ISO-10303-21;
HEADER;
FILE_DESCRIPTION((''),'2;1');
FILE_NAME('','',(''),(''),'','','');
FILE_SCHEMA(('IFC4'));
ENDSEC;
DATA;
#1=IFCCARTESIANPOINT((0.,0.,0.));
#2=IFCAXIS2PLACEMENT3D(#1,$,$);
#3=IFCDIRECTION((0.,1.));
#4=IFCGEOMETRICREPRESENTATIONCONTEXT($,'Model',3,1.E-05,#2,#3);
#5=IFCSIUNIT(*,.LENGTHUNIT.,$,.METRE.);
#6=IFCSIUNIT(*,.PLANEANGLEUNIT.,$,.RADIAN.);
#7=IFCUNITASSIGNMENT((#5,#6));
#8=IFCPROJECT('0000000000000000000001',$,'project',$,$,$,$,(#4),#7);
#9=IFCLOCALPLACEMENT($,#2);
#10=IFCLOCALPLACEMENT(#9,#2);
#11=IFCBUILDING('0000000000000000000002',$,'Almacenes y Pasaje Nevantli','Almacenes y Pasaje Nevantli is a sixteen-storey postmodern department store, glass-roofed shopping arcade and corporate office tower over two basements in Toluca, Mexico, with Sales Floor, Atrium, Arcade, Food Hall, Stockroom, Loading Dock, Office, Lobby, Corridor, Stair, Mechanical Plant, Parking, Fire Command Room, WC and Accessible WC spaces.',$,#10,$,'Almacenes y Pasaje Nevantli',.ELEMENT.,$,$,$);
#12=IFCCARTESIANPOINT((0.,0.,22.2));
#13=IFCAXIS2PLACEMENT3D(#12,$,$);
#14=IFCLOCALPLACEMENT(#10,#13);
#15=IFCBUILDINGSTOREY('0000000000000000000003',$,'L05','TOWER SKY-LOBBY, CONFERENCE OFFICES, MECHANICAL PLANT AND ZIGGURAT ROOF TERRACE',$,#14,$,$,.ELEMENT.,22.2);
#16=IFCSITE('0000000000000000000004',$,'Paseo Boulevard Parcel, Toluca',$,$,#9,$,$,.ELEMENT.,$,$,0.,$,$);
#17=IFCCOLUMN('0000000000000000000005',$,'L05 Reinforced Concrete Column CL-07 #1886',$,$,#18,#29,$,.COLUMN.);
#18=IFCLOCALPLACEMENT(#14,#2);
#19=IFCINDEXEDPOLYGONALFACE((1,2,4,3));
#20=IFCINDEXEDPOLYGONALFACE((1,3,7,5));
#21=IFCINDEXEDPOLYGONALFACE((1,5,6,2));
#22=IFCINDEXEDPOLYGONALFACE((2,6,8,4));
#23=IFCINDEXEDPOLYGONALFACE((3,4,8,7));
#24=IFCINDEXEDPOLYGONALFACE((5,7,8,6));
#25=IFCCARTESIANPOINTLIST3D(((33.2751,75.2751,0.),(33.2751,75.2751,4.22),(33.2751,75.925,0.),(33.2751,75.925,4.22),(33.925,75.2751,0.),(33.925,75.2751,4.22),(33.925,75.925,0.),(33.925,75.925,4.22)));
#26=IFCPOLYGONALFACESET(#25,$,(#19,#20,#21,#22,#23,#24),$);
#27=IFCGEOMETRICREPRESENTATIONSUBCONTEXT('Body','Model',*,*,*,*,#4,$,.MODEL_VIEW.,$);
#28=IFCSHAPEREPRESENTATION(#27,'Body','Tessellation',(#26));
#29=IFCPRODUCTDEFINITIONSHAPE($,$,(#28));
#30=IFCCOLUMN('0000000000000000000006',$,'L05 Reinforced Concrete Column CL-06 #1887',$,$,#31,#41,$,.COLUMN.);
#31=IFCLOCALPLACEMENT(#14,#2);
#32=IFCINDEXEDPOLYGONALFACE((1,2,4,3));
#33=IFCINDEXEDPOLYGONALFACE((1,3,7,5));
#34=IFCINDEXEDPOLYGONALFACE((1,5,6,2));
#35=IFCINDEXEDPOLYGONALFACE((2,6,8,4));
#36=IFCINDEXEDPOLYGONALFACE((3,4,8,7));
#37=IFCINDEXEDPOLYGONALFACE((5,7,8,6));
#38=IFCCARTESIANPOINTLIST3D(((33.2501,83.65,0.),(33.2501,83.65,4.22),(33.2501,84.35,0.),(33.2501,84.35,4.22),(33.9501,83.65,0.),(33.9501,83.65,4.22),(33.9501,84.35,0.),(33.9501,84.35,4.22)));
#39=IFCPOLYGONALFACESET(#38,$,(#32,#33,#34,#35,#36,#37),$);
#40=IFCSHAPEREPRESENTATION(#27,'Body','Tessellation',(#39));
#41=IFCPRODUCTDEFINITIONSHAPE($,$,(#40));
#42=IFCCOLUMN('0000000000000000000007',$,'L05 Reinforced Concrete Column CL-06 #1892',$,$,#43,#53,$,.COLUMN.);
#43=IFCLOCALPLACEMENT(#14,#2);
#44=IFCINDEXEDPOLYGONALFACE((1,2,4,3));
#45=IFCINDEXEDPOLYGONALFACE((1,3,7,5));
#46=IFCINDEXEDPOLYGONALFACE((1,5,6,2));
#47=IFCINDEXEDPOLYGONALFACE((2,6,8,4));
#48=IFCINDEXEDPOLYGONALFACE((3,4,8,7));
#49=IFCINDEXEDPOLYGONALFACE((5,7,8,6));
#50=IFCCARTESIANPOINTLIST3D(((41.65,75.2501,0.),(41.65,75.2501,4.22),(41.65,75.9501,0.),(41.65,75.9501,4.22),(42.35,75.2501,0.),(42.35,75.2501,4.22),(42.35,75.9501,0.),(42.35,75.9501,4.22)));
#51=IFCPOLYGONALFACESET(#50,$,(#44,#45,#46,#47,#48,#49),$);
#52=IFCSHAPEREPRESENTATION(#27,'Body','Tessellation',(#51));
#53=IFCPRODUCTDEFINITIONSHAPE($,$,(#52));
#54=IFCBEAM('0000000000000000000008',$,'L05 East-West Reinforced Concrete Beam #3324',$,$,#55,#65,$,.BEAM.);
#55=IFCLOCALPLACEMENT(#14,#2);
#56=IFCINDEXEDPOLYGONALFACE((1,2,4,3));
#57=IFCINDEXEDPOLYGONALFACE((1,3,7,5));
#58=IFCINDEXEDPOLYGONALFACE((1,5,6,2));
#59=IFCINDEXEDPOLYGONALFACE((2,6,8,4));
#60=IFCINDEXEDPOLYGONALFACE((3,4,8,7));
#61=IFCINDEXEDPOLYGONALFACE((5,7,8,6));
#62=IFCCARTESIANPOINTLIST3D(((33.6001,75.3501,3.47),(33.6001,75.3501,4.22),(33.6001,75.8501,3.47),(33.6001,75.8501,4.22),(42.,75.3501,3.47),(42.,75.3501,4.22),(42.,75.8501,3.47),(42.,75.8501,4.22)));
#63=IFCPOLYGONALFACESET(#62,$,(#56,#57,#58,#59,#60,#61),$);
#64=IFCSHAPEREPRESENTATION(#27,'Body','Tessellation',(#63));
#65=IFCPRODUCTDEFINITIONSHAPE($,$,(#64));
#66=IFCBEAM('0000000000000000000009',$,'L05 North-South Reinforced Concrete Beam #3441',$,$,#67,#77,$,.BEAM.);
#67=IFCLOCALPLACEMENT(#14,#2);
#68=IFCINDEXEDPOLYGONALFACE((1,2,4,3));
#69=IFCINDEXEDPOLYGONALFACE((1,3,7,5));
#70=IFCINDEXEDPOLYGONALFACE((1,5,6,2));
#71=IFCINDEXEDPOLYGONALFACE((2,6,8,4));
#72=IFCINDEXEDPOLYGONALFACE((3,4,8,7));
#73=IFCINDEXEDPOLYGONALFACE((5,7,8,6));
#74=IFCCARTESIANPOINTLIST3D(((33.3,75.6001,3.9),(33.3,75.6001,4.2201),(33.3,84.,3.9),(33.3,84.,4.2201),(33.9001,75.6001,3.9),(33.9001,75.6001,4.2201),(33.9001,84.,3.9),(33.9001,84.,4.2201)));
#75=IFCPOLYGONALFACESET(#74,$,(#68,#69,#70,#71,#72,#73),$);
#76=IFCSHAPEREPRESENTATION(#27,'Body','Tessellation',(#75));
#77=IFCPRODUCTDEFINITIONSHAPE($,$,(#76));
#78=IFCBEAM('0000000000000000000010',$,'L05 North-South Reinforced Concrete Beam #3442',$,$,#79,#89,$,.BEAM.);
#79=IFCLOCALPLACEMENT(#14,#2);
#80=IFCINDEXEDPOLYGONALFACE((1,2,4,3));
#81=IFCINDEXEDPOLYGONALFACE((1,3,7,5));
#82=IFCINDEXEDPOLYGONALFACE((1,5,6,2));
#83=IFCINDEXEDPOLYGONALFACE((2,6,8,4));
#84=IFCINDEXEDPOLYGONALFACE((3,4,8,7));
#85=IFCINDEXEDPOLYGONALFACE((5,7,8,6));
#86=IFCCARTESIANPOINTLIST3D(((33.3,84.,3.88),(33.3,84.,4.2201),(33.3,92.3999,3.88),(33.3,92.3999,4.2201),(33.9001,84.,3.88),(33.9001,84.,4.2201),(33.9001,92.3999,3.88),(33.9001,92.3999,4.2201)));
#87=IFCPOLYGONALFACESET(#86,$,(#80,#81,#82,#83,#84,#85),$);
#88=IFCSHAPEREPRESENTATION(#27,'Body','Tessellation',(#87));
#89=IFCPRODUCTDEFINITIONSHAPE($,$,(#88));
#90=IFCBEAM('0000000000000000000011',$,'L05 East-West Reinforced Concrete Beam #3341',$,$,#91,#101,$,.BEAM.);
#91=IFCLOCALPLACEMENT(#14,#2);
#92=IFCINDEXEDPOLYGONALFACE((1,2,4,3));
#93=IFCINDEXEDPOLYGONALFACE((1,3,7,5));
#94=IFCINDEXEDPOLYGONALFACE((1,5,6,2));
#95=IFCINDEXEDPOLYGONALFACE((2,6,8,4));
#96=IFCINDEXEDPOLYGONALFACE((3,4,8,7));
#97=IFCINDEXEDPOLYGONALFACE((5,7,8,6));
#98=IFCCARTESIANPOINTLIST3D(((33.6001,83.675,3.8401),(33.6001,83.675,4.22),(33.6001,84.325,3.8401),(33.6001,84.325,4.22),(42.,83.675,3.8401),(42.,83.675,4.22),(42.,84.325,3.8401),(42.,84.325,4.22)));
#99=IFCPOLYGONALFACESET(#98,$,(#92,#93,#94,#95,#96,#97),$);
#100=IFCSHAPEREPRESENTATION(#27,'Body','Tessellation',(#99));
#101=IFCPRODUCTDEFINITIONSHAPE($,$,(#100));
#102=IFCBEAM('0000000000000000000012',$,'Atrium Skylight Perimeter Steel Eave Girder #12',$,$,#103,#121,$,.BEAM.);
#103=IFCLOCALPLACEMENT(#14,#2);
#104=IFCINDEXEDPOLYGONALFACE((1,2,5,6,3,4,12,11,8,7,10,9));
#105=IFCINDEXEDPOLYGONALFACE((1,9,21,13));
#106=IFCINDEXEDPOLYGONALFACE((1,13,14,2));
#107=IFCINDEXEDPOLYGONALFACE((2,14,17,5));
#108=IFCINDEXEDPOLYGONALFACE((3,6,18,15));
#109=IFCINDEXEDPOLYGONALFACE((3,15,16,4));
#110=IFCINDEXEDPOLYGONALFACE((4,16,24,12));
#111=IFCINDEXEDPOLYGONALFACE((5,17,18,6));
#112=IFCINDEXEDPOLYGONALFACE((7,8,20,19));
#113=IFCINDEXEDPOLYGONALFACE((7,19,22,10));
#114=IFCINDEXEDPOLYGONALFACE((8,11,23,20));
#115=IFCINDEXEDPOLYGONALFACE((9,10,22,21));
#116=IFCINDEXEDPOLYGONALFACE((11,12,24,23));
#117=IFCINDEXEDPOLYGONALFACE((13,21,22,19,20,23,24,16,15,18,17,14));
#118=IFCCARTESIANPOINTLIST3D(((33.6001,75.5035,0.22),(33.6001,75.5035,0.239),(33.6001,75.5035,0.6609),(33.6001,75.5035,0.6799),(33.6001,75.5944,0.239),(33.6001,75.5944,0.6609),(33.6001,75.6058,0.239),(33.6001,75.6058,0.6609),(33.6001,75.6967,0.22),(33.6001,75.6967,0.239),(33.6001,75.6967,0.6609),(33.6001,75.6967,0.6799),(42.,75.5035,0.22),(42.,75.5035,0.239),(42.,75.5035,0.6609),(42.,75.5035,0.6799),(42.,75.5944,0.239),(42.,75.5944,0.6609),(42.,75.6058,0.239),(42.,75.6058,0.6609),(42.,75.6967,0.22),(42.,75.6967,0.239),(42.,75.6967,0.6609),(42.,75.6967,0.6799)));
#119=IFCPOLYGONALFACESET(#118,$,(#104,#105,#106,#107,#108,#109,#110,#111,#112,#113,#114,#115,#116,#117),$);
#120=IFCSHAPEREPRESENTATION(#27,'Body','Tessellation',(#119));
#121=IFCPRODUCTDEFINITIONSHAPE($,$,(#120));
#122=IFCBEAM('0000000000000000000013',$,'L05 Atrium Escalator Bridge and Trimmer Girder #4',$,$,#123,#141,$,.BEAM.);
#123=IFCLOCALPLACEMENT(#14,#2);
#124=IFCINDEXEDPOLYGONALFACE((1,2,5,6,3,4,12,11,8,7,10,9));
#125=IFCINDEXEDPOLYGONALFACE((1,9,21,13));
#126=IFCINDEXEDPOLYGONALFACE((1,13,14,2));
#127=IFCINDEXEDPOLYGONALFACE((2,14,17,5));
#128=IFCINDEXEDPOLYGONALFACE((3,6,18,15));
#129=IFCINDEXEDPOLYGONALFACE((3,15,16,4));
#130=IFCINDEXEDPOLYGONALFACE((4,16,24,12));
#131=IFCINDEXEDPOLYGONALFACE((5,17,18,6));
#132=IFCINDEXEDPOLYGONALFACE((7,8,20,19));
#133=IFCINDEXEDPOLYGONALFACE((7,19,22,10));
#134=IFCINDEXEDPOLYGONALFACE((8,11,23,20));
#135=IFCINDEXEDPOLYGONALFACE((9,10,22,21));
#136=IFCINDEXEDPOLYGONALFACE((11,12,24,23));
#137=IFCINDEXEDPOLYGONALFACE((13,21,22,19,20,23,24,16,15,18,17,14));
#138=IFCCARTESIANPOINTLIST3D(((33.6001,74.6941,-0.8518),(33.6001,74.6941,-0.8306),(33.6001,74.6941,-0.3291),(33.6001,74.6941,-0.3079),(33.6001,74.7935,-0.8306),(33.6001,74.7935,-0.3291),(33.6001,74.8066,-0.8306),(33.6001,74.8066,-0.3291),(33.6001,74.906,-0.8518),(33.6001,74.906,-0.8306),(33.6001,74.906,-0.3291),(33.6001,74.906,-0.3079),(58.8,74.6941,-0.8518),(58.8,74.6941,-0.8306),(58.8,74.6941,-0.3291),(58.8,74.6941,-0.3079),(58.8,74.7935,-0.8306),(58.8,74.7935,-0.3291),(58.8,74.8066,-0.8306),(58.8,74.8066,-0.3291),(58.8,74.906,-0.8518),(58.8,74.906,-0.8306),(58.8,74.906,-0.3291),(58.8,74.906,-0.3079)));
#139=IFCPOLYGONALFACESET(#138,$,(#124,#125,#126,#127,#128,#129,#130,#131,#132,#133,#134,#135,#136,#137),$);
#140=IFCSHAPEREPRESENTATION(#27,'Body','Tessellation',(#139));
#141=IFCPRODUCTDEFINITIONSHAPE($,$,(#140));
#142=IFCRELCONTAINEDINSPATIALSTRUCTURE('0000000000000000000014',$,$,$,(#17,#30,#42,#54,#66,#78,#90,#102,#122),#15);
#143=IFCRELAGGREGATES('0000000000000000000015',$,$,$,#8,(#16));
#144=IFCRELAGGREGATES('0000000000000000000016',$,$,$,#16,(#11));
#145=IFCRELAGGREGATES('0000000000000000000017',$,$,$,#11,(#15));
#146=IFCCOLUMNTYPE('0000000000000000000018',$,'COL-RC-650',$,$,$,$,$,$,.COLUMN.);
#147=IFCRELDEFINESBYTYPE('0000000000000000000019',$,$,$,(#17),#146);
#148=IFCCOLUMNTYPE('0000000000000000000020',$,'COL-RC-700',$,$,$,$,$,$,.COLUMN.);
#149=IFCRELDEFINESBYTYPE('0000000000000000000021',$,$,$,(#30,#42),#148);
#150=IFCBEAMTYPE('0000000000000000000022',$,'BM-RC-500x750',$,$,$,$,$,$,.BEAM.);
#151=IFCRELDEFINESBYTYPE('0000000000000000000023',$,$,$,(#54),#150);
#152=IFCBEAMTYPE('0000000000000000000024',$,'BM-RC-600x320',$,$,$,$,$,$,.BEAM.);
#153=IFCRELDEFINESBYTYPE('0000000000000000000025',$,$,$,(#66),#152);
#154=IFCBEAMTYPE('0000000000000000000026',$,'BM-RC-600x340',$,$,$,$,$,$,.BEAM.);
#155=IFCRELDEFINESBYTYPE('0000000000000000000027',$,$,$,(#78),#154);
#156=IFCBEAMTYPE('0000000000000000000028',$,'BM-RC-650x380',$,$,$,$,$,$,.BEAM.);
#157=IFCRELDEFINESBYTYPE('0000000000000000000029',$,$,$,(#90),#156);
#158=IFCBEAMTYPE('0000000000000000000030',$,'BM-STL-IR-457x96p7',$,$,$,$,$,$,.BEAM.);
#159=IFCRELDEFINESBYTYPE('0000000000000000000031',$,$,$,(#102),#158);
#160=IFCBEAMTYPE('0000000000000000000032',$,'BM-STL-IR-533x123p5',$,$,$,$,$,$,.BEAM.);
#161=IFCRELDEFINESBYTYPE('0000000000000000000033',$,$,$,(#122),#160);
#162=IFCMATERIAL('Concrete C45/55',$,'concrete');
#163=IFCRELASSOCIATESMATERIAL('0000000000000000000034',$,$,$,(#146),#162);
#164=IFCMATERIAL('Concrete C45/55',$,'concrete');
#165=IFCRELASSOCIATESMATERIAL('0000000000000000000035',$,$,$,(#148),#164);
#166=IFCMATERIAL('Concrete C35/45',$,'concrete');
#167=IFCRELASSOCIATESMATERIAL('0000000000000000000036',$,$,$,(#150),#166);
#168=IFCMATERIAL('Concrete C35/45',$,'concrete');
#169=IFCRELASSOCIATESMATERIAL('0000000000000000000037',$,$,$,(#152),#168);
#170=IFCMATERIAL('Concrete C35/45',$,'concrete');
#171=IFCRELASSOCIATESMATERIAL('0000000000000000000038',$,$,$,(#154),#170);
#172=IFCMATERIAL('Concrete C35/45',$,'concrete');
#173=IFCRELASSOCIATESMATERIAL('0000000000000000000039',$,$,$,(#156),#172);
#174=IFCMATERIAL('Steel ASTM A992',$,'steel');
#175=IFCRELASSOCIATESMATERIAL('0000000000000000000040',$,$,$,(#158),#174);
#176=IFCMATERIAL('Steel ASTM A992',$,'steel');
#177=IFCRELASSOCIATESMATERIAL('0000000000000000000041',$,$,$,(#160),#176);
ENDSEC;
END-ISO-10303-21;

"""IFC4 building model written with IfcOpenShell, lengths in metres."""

from ifc_helpers import new_model, si_unit, direction, frame, origin, origin_2d, place, context, subcontext, project, spatial, rectangle, i_section, extrude, material, material_profile, profile_set, type_object, element, save


model = new_model("IFC4")

# Units and contexts
model_context = context("Model", 3, precision=1e-05, world=origin(), true_north=direction((0.0, 1.0)))
body_context = subcontext(model_context, "Body", "Model", "MODEL_VIEW")
ifc_project = project(units=[si_unit("LENGTHUNIT", "METRE"), si_unit("PLANEANGLEUNIT", "RADIAN")], contexts=[model_context])

# Site, building, storey
site_placement = place(None, origin())
site = spatial("IfcSite", under=ifc_project, at=site_placement, Name="Paseo Boulevard Parcel, Toluca", CompositionType="ELEMENT", RefElevation=0.0)
building_placement = place(site_placement, origin())
building = spatial("IfcBuilding", under=site, at=building_placement, Name="Almacenes y Pasaje Nevantli", Description="Almacenes y Pasaje Nevantli is a sixteen-storey postmodern department store, glass-roofed shopping arcade and corporate office tower over two basements in Toluca, Mexico, with Sales Floor, Atrium, Arcade, Food Hall, Stockroom, Loading Dock, Office, Lobby, Corridor, Stair, Mechanical Plant, Parking, Fire Command Room, WC and Accessible WC spaces.", LongName="Almacenes y Pasaje Nevantli", CompositionType="ELEMENT")
storey_placement = place(building_placement, frame((0.0, 0.0, 22.2)))
storey = spatial("IfcBuildingStorey", under=building, at=storey_placement, Name="L05", Description="TOWER SKY-LOBBY, CONFERENCE OFFICES, MECHANICAL PLANT AND ZIGGURAT ROOF TERRACE", CompositionType="ELEMENT", Elevation=22.2)

# Columns
ifc_material_1 = material(Name="Concrete C45/55", Category="concrete")
ifc_material_profile_1 = material_profile(ifc_material_1, rectangle(XDim=0.6499, YDim=0.6499, at=origin_2d()), Name="RC-COL-650x650")
ifc_profile_set_1 = profile_set([ifc_material_profile_1], Name="Concrete C45/55")
column_type_1 = type_object("IfcColumnType", Name="COL-RC-650", PredefinedType="COLUMN", material=ifc_profile_set_1)
column_placement = place(storey_placement, frame((33.6001, 75.6001, 0.0), z_axis=(0.0, 0.0, 1.0), x_axis=(1.0, 0.0, 0.0)))
element("IfcColumn", 1, at=column_placement, inside=storey, type_object=column_type_1, Name="L05 Reinforced Concrete Column CL-07 #1886", PredefinedType="COLUMN", context=body_context, shape_type="SweptSolid", body=[
    extrude(rectangle(XDim=0.6499, YDim=0.6499, at=origin_2d()), origin(), (0.0, 0.0, 1.0), 4.22),
])
ifc_material_2 = material(Name="Concrete C45/55", Category="concrete")
ifc_material_profile_2 = material_profile(ifc_material_2, rectangle(XDim=0.7, YDim=0.7, at=origin_2d()), Name="RC-COL-700x700")
ifc_profile_set_2 = profile_set([ifc_material_profile_2], Name="Concrete C45/55")
column_type_2 = type_object("IfcColumnType", Name="COL-RC-700", PredefinedType="COLUMN", material=ifc_profile_set_2)
for number, where, z_axis, x_axis, name in (
    (2, (33.6001, 84.0, 0.0), (0.0, 0.0, 1.0), (1.0, 0.0, 0.0), "L05 Reinforced Concrete Column CL-06 #1887"),
    (3, (42.0, 75.6001, 0.0), (0.0, 0.0, 1.0), (1.0, 0.0, 0.0), "L05 Reinforced Concrete Column CL-06 #1892"),
):
    element("IfcColumn", number, at=place(storey_placement, frame(where, z_axis=z_axis, x_axis=x_axis)), inside=storey, type_object=column_type_2, Name=name, PredefinedType="COLUMN", context=body_context, shape_type="SweptSolid", body=[
        extrude(rectangle(XDim=0.7, YDim=0.7, at=origin_2d()), origin(), (0.0, 0.0, 1.0), 4.22),
    ])

# Beams
ifc_material_3 = material(Name="Concrete C35/45", Category="concrete")
ifc_material_profile_3 = material_profile(ifc_material_3, rectangle(XDim=0.5, YDim=0.75, at=origin_2d()), Name="RC-BM-500x750")
ifc_profile_set_3 = profile_set([ifc_material_profile_3], Name="Concrete C35/45")
beam_type_1 = type_object("IfcBeamType", Name="BM-RC-500x750", PredefinedType="BEAM", material=ifc_profile_set_3)
beam_1_placement = place(storey_placement, frame((33.6001, 75.6001, 3.845), z_axis=(1.0, 0.0, 0.0), x_axis=(0.0, 1.0, 0.0)))
element("IfcBeam", 4, at=beam_1_placement, inside=storey, type_object=beam_type_1, Name="L05 East-West Reinforced Concrete Beam #3324", PredefinedType="BEAM", context=body_context, shape_type="SweptSolid", body=[
    extrude(rectangle(XDim=0.5, YDim=0.75, at=origin_2d()), origin(), (0.0, 0.0, 1.0), 8.3999),
])
ifc_material_4 = material(Name="Concrete C35/45", Category="concrete")
ifc_material_profile_4 = material_profile(ifc_material_4, rectangle(XDim=0.6001, YDim=0.3201, at=origin_2d()), Name="RC-BM-600x320")
ifc_profile_set_4 = profile_set([ifc_material_profile_4], Name="Concrete C35/45")
beam_type_2 = type_object("IfcBeamType", Name="BM-RC-600x320", PredefinedType="BEAM", material=ifc_profile_set_4)
beam_2_placement = place(storey_placement, frame((33.6001, 75.6001, 4.0601), z_axis=(0.0, 1.0, 0.0), x_axis=(-1.0, 0.0, 0.0)))
element("IfcBeam", 5, at=beam_2_placement, inside=storey, type_object=beam_type_2, Name="L05 North-South Reinforced Concrete Beam #3441", PredefinedType="BEAM", context=body_context, shape_type="SweptSolid", body=[
    extrude(rectangle(XDim=0.6001, YDim=0.3201, at=origin_2d()), origin(), (0.0, 0.0, 1.0), 8.3999),
])
ifc_material_5 = material(Name="Concrete C35/45", Category="concrete")
ifc_material_profile_5 = material_profile(ifc_material_5, rectangle(XDim=0.6001, YDim=0.3401, at=origin_2d()), Name="RC-BM-600x340")
ifc_profile_set_5 = profile_set([ifc_material_profile_5], Name="Concrete C35/45")
beam_type_3 = type_object("IfcBeamType", Name="BM-RC-600x340", PredefinedType="BEAM", material=ifc_profile_set_5)
beam_3_placement = place(storey_placement, frame((33.6001, 84.0, 4.05), z_axis=(0.0, 1.0, 0.0), x_axis=(-1.0, 0.0, 0.0)))
element("IfcBeam", 6, at=beam_3_placement, inside=storey, type_object=beam_type_3, Name="L05 North-South Reinforced Concrete Beam #3442", PredefinedType="BEAM", context=body_context, shape_type="SweptSolid", body=[
    extrude(rectangle(XDim=0.6001, YDim=0.3401, at=origin_2d()), origin(), (0.0, 0.0, 1.0), 8.3999),
])
ifc_material_6 = material(Name="Concrete C35/45", Category="concrete")
ifc_material_profile_6 = material_profile(ifc_material_6, rectangle(XDim=0.6499, YDim=0.3799, at=origin_2d()), Name="RC-BM-650x380")
ifc_profile_set_6 = profile_set([ifc_material_profile_6], Name="Concrete C35/45")
beam_type_4 = type_object("IfcBeamType", Name="BM-RC-650x380", PredefinedType="BEAM", material=ifc_profile_set_6)
beam_4_placement = place(storey_placement, frame((33.6001, 84.0, 4.03), z_axis=(1.0, 0.0, 0.0), x_axis=(0.0, 1.0, 0.0)))
element("IfcBeam", 7, at=beam_4_placement, inside=storey, type_object=beam_type_4, Name="L05 East-West Reinforced Concrete Beam #3341", PredefinedType="BEAM", context=body_context, shape_type="SweptSolid", body=[
    extrude(rectangle(XDim=0.6499, YDim=0.3799, at=origin_2d()), origin(), (0.0, 0.0, 1.0), 8.3999),
])
ifc_material_7 = material(Name="Steel ASTM A992", Category="steel")
ifc_material_profile_7 = material_profile(ifc_material_7, i_section(OverallWidth=0.1931, OverallDepth=0.46, WebThickness=0.0115, FlangeThickness=0.019, at=origin_2d()), Name="IR 457x96.7")
ifc_profile_set_7 = profile_set([ifc_material_profile_7], Name="Steel ASTM A992")
beam_type_5 = type_object("IfcBeamType", Name="BM-STL-IR-457x96p7", PredefinedType="BEAM", material=ifc_profile_set_7)
beam_5_placement = place(storey_placement, frame((33.6001, 75.6001, 0.45), z_axis=(1.0, 0.0, 0.0), x_axis=(0.0, 1.0, 0.0)))
element("IfcBeam", 8, at=beam_5_placement, inside=storey, type_object=beam_type_5, Name="Atrium Skylight Perimeter Steel Eave Girder #12", PredefinedType="BEAM", context=body_context, shape_type="SweptSolid", body=[
    extrude(i_section(OverallWidth=0.1931, OverallDepth=0.46, WebThickness=0.0115, FlangeThickness=0.019, at=origin_2d()), origin(), (0.0, 0.0, 1.0), 8.3999),
])
ifc_material_8 = material(Name="Steel ASTM A992", Category="steel")
ifc_material_profile_8 = material_profile(ifc_material_8, i_section(OverallWidth=0.2119, OverallDepth=0.5439, WebThickness=0.0132, FlangeThickness=0.0212, at=origin_2d()), Name="IR 533x123.5")
ifc_profile_set_8 = profile_set([ifc_material_profile_8], Name="Steel ASTM A992")
beam_type_6 = type_object("IfcBeamType", Name="BM-STL-IR-533x123p5", PredefinedType="BEAM", material=ifc_profile_set_8)
beam_6_placement = place(storey_placement, frame((33.6001, 74.8, -0.5798), z_axis=(1.0, 0.0, 0.0), x_axis=(0.0, 1.0, 0.0)))
element("IfcBeam", 9, at=beam_6_placement, inside=storey, type_object=beam_type_6, Name="L05 Atrium Escalator Bridge and Trimmer Girder #4", PredefinedType="BEAM", context=body_context, shape_type="SweptSolid", body=[
    extrude(i_section(OverallWidth=0.2119, OverallDepth=0.5439, WebThickness=0.0132, FlangeThickness=0.0212, at=origin_2d()), origin(), (0.0, 0.0, 1.0), 25.2),
])

save(model, "model.ifc")
